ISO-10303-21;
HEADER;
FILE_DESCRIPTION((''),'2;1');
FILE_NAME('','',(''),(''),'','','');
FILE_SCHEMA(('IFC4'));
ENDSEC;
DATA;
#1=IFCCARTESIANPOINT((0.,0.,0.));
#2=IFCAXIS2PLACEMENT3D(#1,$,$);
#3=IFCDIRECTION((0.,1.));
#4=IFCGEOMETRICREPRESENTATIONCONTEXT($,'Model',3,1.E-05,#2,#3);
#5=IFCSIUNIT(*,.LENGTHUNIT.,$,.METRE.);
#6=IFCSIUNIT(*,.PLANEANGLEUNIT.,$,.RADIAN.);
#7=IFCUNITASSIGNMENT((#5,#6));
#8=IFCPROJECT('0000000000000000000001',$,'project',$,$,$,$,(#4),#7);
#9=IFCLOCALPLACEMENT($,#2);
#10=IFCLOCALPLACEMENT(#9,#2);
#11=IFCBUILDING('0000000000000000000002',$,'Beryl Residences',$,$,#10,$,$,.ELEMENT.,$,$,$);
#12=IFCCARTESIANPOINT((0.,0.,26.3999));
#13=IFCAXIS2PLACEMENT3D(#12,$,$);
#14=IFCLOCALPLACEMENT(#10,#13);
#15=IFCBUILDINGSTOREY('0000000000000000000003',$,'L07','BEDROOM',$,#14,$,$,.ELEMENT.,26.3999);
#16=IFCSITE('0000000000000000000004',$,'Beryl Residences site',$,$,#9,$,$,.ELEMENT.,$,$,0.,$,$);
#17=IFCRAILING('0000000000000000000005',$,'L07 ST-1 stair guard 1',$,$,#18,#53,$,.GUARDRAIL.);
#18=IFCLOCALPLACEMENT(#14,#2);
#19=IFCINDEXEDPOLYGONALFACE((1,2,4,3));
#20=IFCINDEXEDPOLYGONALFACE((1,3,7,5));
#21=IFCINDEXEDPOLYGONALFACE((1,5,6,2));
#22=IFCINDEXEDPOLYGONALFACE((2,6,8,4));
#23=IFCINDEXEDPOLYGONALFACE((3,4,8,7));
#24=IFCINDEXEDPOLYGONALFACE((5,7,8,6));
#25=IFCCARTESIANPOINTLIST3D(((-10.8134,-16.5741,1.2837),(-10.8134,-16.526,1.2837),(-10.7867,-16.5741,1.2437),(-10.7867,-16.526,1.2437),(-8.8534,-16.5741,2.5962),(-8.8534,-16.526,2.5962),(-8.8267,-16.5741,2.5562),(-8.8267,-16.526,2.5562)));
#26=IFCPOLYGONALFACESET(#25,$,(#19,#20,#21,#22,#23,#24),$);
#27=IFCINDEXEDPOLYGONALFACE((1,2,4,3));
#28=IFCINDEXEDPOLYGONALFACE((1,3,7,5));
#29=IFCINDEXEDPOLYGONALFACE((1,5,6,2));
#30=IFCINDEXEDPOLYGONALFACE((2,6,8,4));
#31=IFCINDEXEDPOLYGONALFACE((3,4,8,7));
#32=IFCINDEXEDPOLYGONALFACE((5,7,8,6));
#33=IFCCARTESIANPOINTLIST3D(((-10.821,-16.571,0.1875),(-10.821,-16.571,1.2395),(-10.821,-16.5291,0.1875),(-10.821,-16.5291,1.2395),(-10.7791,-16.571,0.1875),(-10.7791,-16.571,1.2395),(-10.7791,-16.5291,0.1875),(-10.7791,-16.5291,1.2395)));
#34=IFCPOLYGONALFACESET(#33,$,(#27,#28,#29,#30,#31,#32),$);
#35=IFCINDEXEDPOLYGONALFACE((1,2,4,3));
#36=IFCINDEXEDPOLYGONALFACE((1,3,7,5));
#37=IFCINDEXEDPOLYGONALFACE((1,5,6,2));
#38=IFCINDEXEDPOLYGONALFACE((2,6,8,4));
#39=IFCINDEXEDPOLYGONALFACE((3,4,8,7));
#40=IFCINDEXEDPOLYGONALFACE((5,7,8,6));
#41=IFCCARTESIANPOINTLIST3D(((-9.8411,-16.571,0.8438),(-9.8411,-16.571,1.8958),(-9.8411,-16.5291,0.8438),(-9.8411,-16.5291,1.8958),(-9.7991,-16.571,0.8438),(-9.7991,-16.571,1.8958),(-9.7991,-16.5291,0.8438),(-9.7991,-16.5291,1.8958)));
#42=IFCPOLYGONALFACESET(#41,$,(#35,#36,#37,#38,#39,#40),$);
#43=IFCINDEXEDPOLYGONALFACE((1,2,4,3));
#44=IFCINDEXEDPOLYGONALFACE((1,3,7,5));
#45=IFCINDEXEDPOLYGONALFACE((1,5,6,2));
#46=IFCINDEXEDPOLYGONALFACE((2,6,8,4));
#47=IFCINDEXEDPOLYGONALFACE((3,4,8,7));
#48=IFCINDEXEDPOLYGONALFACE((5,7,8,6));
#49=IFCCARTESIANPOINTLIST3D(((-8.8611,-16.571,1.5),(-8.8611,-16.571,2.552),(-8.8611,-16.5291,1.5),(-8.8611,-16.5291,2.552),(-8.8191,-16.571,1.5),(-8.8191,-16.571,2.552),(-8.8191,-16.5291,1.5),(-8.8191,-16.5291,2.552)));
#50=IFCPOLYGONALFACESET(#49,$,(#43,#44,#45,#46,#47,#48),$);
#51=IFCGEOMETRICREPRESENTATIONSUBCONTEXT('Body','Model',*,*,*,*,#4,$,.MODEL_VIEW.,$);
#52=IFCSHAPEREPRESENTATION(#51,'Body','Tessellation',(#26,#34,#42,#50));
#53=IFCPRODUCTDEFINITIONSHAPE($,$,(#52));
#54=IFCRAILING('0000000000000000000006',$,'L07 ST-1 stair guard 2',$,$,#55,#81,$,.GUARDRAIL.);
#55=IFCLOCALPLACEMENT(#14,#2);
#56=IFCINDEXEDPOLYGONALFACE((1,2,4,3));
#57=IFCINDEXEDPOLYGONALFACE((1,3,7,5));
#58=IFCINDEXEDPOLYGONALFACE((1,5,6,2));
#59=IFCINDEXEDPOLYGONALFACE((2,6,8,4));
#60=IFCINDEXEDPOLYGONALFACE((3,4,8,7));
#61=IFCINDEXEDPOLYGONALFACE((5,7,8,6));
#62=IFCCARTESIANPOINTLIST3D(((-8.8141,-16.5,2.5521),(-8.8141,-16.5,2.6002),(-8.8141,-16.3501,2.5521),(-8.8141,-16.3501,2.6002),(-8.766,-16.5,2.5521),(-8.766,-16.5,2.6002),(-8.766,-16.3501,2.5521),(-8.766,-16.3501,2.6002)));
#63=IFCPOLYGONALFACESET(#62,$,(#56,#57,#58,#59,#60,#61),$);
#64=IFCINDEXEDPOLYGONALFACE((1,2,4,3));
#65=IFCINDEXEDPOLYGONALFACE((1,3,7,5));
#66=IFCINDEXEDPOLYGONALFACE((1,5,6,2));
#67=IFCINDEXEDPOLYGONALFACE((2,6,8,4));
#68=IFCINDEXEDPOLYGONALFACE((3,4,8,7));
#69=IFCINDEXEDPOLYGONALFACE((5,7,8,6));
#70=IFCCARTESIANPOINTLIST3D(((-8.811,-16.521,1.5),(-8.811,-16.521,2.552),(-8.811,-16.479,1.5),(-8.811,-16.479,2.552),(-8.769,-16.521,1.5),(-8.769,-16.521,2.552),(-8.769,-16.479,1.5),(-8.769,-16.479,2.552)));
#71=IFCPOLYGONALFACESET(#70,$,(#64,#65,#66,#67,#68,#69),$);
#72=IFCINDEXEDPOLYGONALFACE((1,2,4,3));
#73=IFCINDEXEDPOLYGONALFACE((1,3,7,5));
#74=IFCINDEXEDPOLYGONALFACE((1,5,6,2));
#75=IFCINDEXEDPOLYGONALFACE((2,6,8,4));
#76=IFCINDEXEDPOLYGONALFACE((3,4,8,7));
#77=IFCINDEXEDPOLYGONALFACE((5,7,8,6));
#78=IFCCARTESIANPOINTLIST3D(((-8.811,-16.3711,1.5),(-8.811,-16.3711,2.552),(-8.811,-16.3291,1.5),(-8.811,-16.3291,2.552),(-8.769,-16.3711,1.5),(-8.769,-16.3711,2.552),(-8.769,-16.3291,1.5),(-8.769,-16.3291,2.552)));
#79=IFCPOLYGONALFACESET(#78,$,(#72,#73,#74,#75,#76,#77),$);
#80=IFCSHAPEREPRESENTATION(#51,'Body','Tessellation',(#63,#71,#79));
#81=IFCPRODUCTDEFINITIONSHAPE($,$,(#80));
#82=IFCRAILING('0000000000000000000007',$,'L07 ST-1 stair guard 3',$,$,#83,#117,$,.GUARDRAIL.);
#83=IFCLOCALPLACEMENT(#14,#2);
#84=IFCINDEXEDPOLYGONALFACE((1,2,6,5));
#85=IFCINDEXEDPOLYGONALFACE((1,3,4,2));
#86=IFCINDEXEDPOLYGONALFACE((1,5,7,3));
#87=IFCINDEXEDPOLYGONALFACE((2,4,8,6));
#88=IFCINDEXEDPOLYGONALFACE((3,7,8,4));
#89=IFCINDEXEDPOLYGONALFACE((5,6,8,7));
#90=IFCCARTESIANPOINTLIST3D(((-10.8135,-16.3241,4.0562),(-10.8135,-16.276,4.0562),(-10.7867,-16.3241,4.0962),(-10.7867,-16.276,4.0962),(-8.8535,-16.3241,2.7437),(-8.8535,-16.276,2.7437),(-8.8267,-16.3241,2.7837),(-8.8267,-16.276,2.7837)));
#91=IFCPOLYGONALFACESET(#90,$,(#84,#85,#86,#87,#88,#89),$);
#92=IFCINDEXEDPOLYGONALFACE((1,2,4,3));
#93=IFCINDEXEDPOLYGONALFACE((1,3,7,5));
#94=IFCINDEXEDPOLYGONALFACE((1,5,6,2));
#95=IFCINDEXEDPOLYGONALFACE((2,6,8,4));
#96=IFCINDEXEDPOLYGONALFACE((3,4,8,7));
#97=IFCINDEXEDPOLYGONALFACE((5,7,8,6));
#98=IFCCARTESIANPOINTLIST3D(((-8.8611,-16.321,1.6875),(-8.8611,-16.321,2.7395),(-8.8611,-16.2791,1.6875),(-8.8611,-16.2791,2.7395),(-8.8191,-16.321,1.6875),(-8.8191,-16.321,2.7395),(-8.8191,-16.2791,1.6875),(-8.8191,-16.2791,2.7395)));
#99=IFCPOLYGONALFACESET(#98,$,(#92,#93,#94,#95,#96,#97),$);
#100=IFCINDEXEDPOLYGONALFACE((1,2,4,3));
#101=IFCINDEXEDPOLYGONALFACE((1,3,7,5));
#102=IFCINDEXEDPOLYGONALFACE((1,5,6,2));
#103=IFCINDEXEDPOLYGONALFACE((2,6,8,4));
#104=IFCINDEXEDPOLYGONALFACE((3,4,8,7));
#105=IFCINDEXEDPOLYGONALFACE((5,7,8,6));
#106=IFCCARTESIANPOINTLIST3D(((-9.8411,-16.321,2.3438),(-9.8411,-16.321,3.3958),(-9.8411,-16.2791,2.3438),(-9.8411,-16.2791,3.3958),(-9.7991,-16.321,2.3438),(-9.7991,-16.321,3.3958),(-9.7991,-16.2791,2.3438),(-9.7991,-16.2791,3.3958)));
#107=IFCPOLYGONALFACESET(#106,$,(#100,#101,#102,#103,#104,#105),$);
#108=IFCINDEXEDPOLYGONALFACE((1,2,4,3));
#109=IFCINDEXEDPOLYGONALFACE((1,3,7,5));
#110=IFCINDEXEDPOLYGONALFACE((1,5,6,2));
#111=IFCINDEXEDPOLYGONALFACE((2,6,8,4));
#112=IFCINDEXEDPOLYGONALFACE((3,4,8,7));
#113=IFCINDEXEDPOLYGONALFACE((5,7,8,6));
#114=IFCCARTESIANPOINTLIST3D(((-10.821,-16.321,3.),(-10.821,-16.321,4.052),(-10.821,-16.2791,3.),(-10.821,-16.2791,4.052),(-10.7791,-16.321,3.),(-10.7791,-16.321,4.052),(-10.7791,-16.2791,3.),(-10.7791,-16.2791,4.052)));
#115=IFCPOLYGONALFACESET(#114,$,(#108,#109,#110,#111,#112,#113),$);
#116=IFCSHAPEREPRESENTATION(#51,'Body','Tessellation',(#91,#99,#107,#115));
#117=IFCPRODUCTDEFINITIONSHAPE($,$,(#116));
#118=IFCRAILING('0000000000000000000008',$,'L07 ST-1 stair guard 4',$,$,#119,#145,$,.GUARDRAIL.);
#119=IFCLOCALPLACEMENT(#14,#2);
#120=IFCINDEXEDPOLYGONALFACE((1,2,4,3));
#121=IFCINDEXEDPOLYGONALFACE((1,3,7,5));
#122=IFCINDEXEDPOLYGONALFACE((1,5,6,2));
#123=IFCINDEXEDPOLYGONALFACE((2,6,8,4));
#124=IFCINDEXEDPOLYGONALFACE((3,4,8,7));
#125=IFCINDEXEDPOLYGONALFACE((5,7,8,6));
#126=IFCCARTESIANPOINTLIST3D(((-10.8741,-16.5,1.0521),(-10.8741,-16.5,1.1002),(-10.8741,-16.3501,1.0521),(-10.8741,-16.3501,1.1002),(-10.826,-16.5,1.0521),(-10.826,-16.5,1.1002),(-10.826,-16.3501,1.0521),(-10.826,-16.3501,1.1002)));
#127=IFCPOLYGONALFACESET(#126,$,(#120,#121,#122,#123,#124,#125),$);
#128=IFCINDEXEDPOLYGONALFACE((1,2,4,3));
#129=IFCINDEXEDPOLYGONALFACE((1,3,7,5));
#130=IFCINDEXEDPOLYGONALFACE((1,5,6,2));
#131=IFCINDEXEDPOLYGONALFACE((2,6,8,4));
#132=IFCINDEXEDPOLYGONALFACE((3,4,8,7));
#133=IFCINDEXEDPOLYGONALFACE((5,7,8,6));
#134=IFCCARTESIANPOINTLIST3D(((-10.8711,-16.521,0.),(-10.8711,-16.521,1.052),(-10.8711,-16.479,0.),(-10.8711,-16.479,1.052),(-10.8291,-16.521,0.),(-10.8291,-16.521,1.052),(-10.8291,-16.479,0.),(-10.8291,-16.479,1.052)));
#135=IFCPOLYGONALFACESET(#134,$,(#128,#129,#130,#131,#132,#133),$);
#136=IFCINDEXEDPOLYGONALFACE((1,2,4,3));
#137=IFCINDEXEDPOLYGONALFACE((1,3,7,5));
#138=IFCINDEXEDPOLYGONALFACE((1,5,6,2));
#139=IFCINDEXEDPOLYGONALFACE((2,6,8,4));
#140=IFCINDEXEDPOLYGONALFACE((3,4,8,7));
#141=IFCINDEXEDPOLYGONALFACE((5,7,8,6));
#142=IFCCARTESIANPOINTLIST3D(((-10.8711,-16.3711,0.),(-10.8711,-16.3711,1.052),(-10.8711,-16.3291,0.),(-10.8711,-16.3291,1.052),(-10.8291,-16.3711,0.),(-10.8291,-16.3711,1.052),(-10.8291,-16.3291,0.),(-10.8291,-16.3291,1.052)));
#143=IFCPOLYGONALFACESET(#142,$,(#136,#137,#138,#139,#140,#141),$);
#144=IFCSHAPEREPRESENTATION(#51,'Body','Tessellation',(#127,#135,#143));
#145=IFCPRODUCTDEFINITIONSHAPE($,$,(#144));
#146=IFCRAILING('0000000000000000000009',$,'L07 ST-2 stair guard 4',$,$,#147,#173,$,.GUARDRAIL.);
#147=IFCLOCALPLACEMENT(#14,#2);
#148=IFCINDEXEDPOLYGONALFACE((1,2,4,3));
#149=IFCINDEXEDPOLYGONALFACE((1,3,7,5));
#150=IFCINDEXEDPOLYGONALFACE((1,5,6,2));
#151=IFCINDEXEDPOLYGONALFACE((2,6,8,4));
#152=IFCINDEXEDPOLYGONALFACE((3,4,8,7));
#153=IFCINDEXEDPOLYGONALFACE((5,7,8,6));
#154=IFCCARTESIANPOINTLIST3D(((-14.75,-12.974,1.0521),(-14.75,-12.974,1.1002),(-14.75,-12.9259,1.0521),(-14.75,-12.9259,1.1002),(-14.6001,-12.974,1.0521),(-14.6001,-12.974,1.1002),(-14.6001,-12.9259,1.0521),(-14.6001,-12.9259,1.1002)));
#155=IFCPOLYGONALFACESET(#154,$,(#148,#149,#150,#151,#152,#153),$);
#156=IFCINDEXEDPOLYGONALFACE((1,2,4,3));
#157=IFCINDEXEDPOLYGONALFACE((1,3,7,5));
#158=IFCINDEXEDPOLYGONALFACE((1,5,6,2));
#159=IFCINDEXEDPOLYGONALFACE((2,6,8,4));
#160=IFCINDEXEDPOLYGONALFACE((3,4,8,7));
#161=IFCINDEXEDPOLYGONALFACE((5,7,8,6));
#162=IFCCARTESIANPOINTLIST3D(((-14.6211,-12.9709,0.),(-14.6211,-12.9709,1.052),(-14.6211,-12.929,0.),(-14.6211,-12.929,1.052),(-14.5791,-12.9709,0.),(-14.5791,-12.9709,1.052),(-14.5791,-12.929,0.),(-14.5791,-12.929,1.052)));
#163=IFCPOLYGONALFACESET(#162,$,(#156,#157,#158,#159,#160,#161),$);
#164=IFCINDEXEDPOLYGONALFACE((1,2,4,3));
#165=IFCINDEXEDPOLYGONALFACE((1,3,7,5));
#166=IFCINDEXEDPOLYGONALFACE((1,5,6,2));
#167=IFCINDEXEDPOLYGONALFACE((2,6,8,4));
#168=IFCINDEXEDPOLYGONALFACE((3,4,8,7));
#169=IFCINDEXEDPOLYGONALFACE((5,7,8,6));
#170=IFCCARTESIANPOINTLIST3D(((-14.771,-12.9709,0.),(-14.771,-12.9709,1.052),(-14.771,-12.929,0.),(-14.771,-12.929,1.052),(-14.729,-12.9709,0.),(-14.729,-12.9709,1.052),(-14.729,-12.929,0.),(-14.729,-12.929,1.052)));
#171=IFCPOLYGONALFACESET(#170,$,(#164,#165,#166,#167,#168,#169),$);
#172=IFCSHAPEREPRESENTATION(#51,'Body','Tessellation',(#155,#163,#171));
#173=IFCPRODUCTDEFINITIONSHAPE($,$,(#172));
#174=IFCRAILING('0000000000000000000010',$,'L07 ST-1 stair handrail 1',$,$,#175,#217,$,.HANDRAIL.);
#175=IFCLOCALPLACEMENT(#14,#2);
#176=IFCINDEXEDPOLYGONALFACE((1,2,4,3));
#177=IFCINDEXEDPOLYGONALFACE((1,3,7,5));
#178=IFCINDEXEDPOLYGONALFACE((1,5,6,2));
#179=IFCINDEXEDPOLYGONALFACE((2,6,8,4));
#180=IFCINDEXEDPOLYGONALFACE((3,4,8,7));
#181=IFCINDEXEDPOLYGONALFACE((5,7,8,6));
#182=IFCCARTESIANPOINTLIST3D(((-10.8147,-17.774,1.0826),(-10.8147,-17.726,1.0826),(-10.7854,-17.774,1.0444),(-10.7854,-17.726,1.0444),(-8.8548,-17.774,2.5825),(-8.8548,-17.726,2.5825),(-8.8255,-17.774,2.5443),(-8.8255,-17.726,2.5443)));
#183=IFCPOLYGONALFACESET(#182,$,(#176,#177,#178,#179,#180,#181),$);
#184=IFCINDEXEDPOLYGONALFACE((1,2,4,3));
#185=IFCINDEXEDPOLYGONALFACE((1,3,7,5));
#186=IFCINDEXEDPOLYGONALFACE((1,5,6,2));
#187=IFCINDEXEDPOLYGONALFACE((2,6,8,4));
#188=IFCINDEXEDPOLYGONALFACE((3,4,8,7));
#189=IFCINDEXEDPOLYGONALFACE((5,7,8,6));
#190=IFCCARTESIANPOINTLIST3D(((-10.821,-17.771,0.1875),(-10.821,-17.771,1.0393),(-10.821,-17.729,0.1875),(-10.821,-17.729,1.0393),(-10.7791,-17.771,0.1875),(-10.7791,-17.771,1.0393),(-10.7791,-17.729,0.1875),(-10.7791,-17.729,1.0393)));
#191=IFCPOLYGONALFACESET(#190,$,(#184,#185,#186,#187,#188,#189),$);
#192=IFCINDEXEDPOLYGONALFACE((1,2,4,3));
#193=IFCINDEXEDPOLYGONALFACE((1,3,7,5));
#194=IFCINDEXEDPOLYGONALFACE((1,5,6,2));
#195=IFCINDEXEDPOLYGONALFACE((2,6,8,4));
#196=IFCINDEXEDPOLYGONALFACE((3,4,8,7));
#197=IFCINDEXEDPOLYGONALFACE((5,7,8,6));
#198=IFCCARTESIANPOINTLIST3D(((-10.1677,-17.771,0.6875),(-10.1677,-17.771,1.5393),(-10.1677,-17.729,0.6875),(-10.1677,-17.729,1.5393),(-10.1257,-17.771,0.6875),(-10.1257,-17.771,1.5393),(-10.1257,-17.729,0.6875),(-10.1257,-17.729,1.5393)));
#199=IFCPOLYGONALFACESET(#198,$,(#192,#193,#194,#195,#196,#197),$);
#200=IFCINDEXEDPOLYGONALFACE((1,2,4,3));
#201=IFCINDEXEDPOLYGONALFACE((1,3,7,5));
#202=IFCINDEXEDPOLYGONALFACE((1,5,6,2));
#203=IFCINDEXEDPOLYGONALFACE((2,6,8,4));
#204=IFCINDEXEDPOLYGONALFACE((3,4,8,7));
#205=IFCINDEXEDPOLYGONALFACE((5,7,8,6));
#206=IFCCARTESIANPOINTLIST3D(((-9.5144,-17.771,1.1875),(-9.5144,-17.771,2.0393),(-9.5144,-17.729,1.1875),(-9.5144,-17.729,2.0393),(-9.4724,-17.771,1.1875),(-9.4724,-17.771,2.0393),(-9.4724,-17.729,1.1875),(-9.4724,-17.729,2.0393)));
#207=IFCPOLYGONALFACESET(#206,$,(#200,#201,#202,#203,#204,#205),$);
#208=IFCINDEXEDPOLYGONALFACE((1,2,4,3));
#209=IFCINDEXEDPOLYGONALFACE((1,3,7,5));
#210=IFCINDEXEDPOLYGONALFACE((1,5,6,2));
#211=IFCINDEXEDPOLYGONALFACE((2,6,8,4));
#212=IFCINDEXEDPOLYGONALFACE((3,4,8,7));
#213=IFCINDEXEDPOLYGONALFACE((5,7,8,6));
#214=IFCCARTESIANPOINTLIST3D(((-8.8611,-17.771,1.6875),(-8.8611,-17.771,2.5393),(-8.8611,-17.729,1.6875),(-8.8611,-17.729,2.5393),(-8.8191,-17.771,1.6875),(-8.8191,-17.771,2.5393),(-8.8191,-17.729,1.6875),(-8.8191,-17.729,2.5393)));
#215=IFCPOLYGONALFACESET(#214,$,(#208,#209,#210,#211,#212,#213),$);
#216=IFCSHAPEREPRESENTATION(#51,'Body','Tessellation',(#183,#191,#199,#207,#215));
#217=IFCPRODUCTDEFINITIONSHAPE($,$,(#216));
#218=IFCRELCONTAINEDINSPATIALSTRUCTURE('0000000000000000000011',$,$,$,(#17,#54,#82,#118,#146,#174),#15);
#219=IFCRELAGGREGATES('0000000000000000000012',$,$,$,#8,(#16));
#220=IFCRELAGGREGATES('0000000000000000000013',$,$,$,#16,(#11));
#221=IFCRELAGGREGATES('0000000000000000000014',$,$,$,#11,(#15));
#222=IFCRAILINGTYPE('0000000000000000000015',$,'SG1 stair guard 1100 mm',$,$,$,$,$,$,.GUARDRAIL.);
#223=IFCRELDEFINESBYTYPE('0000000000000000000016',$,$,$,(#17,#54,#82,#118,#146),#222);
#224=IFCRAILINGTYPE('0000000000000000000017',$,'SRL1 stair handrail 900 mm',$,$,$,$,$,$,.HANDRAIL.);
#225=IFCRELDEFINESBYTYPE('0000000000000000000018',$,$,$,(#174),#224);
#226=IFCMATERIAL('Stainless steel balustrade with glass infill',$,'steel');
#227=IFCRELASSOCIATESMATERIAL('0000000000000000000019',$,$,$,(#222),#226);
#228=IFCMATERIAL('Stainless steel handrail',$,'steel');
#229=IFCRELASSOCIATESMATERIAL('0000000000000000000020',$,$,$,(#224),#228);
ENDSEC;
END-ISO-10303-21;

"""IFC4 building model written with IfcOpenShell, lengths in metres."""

from ifc_helpers import new_model, si_unit, direction, frame, origin, origin_2d, place, context, subcontext, project, spatial, rectangle, extrude, material, type_object, element, save


model = new_model("IFC4")

# Units and contexts
model_context = context("Model", 3, precision=1e-05, world=origin(), true_north=direction((0.0, 1.0)))
body_context = subcontext(model_context, "Body", "Model", "MODEL_VIEW")
ifc_project = project(units=[si_unit("LENGTHUNIT", "METRE"), si_unit("PLANEANGLEUNIT", "RADIAN")], contexts=[model_context])

# Site, building, storey
site_placement = place(None, origin())
site = spatial("IfcSite", under=ifc_project, at=site_placement, Name="Beryl Residences site", CompositionType="ELEMENT", RefElevation=0.0)
building_placement = place(site_placement, origin())
building = spatial("IfcBuilding", under=site, at=building_placement, Name="Beryl Residences", CompositionType="ELEMENT")
storey_placement = place(building_placement, frame((0.0, 0.0, 26.3999)))
storey = spatial("IfcBuildingStorey", under=building, at=storey_placement, Name="L07", Description="BEDROOM", CompositionType="ELEMENT", Elevation=26.3999)

# Railings
ifc_material_1 = material(Name="Stainless steel balustrade with glass infill", Category="steel")
railing_type_1 = type_object("IfcRailingType", Name="SG1 stair guard 1100 mm", PredefinedType="GUARDRAIL", material=ifc_material_1)
railing_1_placement = place(storey_placement, frame((-10.8, -16.55, 0.1875)))
element("IfcRailing", 1, at=railing_1_placement, inside=storey, type_object=railing_type_1, Name="L07 ST-1 stair guard 1", PredefinedType="GUARDRAIL", context=body_context, shape_type="SweptSolid", body=[
    extrude(rectangle(XDim=0.0481, YDim=0.0481, at=origin_2d()), frame((0.0, 0.0, 1.0762), z_axis=(0.830902, 0.0, 0.556419), x_axis=(0.0, 1.0, 0.0)), (0.0, 0.0, 1.0), 2.3589),
    extrude(rectangle(XDim=0.042, YDim=0.042, at=origin_2d()), origin(), (0.0, 0.0, 1.0), 1.052),
    extrude(rectangle(XDim=0.042, YDim=0.042, at=origin_2d()), frame((0.98, 0.0, 0.6562)), (0.0, 0.0, 1.0), 1.052),
    extrude(rectangle(XDim=0.042, YDim=0.042, at=origin_2d()), frame((1.96, 0.0, 1.3125)), (0.0, 0.0, 1.0), 1.052),
])
railing_2_placement = place(storey_placement, frame((-8.79, -16.5, 1.5)))
element("IfcRailing", 2, at=railing_2_placement, inside=storey, type_object=railing_type_1, Name="L07 ST-1 stair guard 2", PredefinedType="GUARDRAIL", context=body_context, shape_type="SweptSolid", body=[
    extrude(rectangle(XDim=0.0481, YDim=0.0481, at=origin_2d()), frame((0.0, 0.0, 1.0762), z_axis=(0.0, 1.0, 0.0), x_axis=(-1.0, 0.0, 0.0)), (0.0, 0.0, 1.0), 0.1499),
    extrude(rectangle(XDim=0.042, YDim=0.042, at=origin_2d()), origin(), (0.0, 0.0, 1.0), 1.052),
    extrude(rectangle(XDim=0.042, YDim=0.042, at=origin_2d()), frame((0.0, 0.1499, 0.0)), (0.0, 0.0, 1.0), 1.052),
])
railing_3_placement = place(storey_placement, frame((-8.8401, -16.3, 1.6875)))
element("IfcRailing", 3, at=railing_3_placement, inside=storey, type_object=railing_type_1, Name="L07 ST-1 stair guard 3", PredefinedType="GUARDRAIL", context=body_context, shape_type="SweptSolid", body=[
    extrude(rectangle(XDim=0.0481, YDim=0.0481, at=origin_2d()), frame((0.0, 0.0, 1.0762), z_axis=(-0.830902, 0.0, 0.556419), x_axis=(0.0, -1.0, 0.0)), (0.0, 0.0, 1.0), 2.3589),
    extrude(rectangle(XDim=0.042, YDim=0.042, at=origin_2d()), origin(), (0.0, 0.0, 1.0), 1.052),
    extrude(rectangle(XDim=0.042, YDim=0.042, at=origin_2d()), frame((-0.98, 0.0, 0.6562)), (0.0, 0.0, 1.0), 1.052),
    extrude(rectangle(XDim=0.042, YDim=0.042, at=origin_2d()), frame((-1.96, 0.0, 1.3125)), (0.0, 0.0, 1.0), 1.052),
])
railing_4_placement = place(storey_placement, frame((-10.8501, -16.5, 0.0)))
element("IfcRailing", 4, at=railing_4_placement, inside=storey, type_object=railing_type_1, Name="L07 ST-1 stair guard 4", PredefinedType="GUARDRAIL", context=body_context, shape_type="SweptSolid", body=[
    extrude(rectangle(XDim=0.0481, YDim=0.0481, at=origin_2d()), frame((0.0, 0.0, 1.0762), z_axis=(0.0, 1.0, 0.0), x_axis=(-1.0, 0.0, 0.0)), (0.0, 0.0, 1.0), 0.1499),
    extrude(rectangle(XDim=0.042, YDim=0.042, at=origin_2d()), origin(), (0.0, 0.0, 1.0), 1.052),
    extrude(rectangle(XDim=0.042, YDim=0.042, at=origin_2d()), frame((0.0, 0.1499, 0.0)), (0.0, 0.0, 1.0), 1.052),
])
railing_5_placement = place(storey_placement, frame((-14.6001, -12.95, 0.0)))
element("IfcRailing", 5, at=railing_5_placement, inside=storey, type_object=railing_type_1, Name="L07 ST-2 stair guard 4", PredefinedType="GUARDRAIL", context=body_context, shape_type="SweptSolid", body=[
    extrude(rectangle(XDim=0.0481, YDim=0.0481, at=origin_2d()), frame((0.0, 0.0, 1.0762), z_axis=(-1.0, 0.0, 0.0), x_axis=(0.0, -1.0, 0.0)), (0.0, 0.0, 1.0), 0.1499),
    extrude(rectangle(XDim=0.042, YDim=0.042, at=origin_2d()), origin(), (0.0, 0.0, 1.0), 1.052),
    extrude(rectangle(XDim=0.042, YDim=0.042, at=origin_2d()), frame((-0.1499, 0.0, 0.0)), (0.0, 0.0, 1.0), 1.052),
])
ifc_material_2 = material(Name="Stainless steel handrail", Category="steel")
railing_type_2 = type_object("IfcRailingType", Name="SRL1 stair handrail 900 mm", PredefinedType="HANDRAIL", material=ifc_material_2)
railing_6_placement = place(storey_placement, frame((-10.8, -17.75, 0.1875)))
element("IfcRailing", 6, at=railing_6_placement, inside=storey, type_object=railing_type_2, Name="L07 ST-1 stair handrail 1", PredefinedType="HANDRAIL", context=body_context, shape_type="SweptSolid", body=[
    extrude(rectangle(XDim=0.0481, YDim=0.0481, at=origin_2d()), frame((0.0, 0.0, 0.876), z_axis=(0.794122, 0.0, 0.607758), x_axis=(0.0, 1.0, 0.0)), (0.0, 0.0, 1.0), 2.468),
    extrude(rectangle(XDim=0.042, YDim=0.042, at=origin_2d()), origin(), (0.0, 0.0, 1.0), 0.8518),
    extrude(rectangle(XDim=0.042, YDim=0.042, at=origin_2d()), frame((0.6533, 0.0, 0.5)), (0.0, 0.0, 1.0), 0.8518),
    extrude(rectangle(XDim=0.042, YDim=0.042, at=origin_2d()), frame((1.3066, 0.0, 1.0)), (0.0, 0.0, 1.0), 0.8518),
    extrude(rectangle(XDim=0.042, YDim=0.042, at=origin_2d()), frame((1.96, 0.0, 1.5)), (0.0, 0.0, 1.0), 0.8518),
])

save(model, "model.ifc")
